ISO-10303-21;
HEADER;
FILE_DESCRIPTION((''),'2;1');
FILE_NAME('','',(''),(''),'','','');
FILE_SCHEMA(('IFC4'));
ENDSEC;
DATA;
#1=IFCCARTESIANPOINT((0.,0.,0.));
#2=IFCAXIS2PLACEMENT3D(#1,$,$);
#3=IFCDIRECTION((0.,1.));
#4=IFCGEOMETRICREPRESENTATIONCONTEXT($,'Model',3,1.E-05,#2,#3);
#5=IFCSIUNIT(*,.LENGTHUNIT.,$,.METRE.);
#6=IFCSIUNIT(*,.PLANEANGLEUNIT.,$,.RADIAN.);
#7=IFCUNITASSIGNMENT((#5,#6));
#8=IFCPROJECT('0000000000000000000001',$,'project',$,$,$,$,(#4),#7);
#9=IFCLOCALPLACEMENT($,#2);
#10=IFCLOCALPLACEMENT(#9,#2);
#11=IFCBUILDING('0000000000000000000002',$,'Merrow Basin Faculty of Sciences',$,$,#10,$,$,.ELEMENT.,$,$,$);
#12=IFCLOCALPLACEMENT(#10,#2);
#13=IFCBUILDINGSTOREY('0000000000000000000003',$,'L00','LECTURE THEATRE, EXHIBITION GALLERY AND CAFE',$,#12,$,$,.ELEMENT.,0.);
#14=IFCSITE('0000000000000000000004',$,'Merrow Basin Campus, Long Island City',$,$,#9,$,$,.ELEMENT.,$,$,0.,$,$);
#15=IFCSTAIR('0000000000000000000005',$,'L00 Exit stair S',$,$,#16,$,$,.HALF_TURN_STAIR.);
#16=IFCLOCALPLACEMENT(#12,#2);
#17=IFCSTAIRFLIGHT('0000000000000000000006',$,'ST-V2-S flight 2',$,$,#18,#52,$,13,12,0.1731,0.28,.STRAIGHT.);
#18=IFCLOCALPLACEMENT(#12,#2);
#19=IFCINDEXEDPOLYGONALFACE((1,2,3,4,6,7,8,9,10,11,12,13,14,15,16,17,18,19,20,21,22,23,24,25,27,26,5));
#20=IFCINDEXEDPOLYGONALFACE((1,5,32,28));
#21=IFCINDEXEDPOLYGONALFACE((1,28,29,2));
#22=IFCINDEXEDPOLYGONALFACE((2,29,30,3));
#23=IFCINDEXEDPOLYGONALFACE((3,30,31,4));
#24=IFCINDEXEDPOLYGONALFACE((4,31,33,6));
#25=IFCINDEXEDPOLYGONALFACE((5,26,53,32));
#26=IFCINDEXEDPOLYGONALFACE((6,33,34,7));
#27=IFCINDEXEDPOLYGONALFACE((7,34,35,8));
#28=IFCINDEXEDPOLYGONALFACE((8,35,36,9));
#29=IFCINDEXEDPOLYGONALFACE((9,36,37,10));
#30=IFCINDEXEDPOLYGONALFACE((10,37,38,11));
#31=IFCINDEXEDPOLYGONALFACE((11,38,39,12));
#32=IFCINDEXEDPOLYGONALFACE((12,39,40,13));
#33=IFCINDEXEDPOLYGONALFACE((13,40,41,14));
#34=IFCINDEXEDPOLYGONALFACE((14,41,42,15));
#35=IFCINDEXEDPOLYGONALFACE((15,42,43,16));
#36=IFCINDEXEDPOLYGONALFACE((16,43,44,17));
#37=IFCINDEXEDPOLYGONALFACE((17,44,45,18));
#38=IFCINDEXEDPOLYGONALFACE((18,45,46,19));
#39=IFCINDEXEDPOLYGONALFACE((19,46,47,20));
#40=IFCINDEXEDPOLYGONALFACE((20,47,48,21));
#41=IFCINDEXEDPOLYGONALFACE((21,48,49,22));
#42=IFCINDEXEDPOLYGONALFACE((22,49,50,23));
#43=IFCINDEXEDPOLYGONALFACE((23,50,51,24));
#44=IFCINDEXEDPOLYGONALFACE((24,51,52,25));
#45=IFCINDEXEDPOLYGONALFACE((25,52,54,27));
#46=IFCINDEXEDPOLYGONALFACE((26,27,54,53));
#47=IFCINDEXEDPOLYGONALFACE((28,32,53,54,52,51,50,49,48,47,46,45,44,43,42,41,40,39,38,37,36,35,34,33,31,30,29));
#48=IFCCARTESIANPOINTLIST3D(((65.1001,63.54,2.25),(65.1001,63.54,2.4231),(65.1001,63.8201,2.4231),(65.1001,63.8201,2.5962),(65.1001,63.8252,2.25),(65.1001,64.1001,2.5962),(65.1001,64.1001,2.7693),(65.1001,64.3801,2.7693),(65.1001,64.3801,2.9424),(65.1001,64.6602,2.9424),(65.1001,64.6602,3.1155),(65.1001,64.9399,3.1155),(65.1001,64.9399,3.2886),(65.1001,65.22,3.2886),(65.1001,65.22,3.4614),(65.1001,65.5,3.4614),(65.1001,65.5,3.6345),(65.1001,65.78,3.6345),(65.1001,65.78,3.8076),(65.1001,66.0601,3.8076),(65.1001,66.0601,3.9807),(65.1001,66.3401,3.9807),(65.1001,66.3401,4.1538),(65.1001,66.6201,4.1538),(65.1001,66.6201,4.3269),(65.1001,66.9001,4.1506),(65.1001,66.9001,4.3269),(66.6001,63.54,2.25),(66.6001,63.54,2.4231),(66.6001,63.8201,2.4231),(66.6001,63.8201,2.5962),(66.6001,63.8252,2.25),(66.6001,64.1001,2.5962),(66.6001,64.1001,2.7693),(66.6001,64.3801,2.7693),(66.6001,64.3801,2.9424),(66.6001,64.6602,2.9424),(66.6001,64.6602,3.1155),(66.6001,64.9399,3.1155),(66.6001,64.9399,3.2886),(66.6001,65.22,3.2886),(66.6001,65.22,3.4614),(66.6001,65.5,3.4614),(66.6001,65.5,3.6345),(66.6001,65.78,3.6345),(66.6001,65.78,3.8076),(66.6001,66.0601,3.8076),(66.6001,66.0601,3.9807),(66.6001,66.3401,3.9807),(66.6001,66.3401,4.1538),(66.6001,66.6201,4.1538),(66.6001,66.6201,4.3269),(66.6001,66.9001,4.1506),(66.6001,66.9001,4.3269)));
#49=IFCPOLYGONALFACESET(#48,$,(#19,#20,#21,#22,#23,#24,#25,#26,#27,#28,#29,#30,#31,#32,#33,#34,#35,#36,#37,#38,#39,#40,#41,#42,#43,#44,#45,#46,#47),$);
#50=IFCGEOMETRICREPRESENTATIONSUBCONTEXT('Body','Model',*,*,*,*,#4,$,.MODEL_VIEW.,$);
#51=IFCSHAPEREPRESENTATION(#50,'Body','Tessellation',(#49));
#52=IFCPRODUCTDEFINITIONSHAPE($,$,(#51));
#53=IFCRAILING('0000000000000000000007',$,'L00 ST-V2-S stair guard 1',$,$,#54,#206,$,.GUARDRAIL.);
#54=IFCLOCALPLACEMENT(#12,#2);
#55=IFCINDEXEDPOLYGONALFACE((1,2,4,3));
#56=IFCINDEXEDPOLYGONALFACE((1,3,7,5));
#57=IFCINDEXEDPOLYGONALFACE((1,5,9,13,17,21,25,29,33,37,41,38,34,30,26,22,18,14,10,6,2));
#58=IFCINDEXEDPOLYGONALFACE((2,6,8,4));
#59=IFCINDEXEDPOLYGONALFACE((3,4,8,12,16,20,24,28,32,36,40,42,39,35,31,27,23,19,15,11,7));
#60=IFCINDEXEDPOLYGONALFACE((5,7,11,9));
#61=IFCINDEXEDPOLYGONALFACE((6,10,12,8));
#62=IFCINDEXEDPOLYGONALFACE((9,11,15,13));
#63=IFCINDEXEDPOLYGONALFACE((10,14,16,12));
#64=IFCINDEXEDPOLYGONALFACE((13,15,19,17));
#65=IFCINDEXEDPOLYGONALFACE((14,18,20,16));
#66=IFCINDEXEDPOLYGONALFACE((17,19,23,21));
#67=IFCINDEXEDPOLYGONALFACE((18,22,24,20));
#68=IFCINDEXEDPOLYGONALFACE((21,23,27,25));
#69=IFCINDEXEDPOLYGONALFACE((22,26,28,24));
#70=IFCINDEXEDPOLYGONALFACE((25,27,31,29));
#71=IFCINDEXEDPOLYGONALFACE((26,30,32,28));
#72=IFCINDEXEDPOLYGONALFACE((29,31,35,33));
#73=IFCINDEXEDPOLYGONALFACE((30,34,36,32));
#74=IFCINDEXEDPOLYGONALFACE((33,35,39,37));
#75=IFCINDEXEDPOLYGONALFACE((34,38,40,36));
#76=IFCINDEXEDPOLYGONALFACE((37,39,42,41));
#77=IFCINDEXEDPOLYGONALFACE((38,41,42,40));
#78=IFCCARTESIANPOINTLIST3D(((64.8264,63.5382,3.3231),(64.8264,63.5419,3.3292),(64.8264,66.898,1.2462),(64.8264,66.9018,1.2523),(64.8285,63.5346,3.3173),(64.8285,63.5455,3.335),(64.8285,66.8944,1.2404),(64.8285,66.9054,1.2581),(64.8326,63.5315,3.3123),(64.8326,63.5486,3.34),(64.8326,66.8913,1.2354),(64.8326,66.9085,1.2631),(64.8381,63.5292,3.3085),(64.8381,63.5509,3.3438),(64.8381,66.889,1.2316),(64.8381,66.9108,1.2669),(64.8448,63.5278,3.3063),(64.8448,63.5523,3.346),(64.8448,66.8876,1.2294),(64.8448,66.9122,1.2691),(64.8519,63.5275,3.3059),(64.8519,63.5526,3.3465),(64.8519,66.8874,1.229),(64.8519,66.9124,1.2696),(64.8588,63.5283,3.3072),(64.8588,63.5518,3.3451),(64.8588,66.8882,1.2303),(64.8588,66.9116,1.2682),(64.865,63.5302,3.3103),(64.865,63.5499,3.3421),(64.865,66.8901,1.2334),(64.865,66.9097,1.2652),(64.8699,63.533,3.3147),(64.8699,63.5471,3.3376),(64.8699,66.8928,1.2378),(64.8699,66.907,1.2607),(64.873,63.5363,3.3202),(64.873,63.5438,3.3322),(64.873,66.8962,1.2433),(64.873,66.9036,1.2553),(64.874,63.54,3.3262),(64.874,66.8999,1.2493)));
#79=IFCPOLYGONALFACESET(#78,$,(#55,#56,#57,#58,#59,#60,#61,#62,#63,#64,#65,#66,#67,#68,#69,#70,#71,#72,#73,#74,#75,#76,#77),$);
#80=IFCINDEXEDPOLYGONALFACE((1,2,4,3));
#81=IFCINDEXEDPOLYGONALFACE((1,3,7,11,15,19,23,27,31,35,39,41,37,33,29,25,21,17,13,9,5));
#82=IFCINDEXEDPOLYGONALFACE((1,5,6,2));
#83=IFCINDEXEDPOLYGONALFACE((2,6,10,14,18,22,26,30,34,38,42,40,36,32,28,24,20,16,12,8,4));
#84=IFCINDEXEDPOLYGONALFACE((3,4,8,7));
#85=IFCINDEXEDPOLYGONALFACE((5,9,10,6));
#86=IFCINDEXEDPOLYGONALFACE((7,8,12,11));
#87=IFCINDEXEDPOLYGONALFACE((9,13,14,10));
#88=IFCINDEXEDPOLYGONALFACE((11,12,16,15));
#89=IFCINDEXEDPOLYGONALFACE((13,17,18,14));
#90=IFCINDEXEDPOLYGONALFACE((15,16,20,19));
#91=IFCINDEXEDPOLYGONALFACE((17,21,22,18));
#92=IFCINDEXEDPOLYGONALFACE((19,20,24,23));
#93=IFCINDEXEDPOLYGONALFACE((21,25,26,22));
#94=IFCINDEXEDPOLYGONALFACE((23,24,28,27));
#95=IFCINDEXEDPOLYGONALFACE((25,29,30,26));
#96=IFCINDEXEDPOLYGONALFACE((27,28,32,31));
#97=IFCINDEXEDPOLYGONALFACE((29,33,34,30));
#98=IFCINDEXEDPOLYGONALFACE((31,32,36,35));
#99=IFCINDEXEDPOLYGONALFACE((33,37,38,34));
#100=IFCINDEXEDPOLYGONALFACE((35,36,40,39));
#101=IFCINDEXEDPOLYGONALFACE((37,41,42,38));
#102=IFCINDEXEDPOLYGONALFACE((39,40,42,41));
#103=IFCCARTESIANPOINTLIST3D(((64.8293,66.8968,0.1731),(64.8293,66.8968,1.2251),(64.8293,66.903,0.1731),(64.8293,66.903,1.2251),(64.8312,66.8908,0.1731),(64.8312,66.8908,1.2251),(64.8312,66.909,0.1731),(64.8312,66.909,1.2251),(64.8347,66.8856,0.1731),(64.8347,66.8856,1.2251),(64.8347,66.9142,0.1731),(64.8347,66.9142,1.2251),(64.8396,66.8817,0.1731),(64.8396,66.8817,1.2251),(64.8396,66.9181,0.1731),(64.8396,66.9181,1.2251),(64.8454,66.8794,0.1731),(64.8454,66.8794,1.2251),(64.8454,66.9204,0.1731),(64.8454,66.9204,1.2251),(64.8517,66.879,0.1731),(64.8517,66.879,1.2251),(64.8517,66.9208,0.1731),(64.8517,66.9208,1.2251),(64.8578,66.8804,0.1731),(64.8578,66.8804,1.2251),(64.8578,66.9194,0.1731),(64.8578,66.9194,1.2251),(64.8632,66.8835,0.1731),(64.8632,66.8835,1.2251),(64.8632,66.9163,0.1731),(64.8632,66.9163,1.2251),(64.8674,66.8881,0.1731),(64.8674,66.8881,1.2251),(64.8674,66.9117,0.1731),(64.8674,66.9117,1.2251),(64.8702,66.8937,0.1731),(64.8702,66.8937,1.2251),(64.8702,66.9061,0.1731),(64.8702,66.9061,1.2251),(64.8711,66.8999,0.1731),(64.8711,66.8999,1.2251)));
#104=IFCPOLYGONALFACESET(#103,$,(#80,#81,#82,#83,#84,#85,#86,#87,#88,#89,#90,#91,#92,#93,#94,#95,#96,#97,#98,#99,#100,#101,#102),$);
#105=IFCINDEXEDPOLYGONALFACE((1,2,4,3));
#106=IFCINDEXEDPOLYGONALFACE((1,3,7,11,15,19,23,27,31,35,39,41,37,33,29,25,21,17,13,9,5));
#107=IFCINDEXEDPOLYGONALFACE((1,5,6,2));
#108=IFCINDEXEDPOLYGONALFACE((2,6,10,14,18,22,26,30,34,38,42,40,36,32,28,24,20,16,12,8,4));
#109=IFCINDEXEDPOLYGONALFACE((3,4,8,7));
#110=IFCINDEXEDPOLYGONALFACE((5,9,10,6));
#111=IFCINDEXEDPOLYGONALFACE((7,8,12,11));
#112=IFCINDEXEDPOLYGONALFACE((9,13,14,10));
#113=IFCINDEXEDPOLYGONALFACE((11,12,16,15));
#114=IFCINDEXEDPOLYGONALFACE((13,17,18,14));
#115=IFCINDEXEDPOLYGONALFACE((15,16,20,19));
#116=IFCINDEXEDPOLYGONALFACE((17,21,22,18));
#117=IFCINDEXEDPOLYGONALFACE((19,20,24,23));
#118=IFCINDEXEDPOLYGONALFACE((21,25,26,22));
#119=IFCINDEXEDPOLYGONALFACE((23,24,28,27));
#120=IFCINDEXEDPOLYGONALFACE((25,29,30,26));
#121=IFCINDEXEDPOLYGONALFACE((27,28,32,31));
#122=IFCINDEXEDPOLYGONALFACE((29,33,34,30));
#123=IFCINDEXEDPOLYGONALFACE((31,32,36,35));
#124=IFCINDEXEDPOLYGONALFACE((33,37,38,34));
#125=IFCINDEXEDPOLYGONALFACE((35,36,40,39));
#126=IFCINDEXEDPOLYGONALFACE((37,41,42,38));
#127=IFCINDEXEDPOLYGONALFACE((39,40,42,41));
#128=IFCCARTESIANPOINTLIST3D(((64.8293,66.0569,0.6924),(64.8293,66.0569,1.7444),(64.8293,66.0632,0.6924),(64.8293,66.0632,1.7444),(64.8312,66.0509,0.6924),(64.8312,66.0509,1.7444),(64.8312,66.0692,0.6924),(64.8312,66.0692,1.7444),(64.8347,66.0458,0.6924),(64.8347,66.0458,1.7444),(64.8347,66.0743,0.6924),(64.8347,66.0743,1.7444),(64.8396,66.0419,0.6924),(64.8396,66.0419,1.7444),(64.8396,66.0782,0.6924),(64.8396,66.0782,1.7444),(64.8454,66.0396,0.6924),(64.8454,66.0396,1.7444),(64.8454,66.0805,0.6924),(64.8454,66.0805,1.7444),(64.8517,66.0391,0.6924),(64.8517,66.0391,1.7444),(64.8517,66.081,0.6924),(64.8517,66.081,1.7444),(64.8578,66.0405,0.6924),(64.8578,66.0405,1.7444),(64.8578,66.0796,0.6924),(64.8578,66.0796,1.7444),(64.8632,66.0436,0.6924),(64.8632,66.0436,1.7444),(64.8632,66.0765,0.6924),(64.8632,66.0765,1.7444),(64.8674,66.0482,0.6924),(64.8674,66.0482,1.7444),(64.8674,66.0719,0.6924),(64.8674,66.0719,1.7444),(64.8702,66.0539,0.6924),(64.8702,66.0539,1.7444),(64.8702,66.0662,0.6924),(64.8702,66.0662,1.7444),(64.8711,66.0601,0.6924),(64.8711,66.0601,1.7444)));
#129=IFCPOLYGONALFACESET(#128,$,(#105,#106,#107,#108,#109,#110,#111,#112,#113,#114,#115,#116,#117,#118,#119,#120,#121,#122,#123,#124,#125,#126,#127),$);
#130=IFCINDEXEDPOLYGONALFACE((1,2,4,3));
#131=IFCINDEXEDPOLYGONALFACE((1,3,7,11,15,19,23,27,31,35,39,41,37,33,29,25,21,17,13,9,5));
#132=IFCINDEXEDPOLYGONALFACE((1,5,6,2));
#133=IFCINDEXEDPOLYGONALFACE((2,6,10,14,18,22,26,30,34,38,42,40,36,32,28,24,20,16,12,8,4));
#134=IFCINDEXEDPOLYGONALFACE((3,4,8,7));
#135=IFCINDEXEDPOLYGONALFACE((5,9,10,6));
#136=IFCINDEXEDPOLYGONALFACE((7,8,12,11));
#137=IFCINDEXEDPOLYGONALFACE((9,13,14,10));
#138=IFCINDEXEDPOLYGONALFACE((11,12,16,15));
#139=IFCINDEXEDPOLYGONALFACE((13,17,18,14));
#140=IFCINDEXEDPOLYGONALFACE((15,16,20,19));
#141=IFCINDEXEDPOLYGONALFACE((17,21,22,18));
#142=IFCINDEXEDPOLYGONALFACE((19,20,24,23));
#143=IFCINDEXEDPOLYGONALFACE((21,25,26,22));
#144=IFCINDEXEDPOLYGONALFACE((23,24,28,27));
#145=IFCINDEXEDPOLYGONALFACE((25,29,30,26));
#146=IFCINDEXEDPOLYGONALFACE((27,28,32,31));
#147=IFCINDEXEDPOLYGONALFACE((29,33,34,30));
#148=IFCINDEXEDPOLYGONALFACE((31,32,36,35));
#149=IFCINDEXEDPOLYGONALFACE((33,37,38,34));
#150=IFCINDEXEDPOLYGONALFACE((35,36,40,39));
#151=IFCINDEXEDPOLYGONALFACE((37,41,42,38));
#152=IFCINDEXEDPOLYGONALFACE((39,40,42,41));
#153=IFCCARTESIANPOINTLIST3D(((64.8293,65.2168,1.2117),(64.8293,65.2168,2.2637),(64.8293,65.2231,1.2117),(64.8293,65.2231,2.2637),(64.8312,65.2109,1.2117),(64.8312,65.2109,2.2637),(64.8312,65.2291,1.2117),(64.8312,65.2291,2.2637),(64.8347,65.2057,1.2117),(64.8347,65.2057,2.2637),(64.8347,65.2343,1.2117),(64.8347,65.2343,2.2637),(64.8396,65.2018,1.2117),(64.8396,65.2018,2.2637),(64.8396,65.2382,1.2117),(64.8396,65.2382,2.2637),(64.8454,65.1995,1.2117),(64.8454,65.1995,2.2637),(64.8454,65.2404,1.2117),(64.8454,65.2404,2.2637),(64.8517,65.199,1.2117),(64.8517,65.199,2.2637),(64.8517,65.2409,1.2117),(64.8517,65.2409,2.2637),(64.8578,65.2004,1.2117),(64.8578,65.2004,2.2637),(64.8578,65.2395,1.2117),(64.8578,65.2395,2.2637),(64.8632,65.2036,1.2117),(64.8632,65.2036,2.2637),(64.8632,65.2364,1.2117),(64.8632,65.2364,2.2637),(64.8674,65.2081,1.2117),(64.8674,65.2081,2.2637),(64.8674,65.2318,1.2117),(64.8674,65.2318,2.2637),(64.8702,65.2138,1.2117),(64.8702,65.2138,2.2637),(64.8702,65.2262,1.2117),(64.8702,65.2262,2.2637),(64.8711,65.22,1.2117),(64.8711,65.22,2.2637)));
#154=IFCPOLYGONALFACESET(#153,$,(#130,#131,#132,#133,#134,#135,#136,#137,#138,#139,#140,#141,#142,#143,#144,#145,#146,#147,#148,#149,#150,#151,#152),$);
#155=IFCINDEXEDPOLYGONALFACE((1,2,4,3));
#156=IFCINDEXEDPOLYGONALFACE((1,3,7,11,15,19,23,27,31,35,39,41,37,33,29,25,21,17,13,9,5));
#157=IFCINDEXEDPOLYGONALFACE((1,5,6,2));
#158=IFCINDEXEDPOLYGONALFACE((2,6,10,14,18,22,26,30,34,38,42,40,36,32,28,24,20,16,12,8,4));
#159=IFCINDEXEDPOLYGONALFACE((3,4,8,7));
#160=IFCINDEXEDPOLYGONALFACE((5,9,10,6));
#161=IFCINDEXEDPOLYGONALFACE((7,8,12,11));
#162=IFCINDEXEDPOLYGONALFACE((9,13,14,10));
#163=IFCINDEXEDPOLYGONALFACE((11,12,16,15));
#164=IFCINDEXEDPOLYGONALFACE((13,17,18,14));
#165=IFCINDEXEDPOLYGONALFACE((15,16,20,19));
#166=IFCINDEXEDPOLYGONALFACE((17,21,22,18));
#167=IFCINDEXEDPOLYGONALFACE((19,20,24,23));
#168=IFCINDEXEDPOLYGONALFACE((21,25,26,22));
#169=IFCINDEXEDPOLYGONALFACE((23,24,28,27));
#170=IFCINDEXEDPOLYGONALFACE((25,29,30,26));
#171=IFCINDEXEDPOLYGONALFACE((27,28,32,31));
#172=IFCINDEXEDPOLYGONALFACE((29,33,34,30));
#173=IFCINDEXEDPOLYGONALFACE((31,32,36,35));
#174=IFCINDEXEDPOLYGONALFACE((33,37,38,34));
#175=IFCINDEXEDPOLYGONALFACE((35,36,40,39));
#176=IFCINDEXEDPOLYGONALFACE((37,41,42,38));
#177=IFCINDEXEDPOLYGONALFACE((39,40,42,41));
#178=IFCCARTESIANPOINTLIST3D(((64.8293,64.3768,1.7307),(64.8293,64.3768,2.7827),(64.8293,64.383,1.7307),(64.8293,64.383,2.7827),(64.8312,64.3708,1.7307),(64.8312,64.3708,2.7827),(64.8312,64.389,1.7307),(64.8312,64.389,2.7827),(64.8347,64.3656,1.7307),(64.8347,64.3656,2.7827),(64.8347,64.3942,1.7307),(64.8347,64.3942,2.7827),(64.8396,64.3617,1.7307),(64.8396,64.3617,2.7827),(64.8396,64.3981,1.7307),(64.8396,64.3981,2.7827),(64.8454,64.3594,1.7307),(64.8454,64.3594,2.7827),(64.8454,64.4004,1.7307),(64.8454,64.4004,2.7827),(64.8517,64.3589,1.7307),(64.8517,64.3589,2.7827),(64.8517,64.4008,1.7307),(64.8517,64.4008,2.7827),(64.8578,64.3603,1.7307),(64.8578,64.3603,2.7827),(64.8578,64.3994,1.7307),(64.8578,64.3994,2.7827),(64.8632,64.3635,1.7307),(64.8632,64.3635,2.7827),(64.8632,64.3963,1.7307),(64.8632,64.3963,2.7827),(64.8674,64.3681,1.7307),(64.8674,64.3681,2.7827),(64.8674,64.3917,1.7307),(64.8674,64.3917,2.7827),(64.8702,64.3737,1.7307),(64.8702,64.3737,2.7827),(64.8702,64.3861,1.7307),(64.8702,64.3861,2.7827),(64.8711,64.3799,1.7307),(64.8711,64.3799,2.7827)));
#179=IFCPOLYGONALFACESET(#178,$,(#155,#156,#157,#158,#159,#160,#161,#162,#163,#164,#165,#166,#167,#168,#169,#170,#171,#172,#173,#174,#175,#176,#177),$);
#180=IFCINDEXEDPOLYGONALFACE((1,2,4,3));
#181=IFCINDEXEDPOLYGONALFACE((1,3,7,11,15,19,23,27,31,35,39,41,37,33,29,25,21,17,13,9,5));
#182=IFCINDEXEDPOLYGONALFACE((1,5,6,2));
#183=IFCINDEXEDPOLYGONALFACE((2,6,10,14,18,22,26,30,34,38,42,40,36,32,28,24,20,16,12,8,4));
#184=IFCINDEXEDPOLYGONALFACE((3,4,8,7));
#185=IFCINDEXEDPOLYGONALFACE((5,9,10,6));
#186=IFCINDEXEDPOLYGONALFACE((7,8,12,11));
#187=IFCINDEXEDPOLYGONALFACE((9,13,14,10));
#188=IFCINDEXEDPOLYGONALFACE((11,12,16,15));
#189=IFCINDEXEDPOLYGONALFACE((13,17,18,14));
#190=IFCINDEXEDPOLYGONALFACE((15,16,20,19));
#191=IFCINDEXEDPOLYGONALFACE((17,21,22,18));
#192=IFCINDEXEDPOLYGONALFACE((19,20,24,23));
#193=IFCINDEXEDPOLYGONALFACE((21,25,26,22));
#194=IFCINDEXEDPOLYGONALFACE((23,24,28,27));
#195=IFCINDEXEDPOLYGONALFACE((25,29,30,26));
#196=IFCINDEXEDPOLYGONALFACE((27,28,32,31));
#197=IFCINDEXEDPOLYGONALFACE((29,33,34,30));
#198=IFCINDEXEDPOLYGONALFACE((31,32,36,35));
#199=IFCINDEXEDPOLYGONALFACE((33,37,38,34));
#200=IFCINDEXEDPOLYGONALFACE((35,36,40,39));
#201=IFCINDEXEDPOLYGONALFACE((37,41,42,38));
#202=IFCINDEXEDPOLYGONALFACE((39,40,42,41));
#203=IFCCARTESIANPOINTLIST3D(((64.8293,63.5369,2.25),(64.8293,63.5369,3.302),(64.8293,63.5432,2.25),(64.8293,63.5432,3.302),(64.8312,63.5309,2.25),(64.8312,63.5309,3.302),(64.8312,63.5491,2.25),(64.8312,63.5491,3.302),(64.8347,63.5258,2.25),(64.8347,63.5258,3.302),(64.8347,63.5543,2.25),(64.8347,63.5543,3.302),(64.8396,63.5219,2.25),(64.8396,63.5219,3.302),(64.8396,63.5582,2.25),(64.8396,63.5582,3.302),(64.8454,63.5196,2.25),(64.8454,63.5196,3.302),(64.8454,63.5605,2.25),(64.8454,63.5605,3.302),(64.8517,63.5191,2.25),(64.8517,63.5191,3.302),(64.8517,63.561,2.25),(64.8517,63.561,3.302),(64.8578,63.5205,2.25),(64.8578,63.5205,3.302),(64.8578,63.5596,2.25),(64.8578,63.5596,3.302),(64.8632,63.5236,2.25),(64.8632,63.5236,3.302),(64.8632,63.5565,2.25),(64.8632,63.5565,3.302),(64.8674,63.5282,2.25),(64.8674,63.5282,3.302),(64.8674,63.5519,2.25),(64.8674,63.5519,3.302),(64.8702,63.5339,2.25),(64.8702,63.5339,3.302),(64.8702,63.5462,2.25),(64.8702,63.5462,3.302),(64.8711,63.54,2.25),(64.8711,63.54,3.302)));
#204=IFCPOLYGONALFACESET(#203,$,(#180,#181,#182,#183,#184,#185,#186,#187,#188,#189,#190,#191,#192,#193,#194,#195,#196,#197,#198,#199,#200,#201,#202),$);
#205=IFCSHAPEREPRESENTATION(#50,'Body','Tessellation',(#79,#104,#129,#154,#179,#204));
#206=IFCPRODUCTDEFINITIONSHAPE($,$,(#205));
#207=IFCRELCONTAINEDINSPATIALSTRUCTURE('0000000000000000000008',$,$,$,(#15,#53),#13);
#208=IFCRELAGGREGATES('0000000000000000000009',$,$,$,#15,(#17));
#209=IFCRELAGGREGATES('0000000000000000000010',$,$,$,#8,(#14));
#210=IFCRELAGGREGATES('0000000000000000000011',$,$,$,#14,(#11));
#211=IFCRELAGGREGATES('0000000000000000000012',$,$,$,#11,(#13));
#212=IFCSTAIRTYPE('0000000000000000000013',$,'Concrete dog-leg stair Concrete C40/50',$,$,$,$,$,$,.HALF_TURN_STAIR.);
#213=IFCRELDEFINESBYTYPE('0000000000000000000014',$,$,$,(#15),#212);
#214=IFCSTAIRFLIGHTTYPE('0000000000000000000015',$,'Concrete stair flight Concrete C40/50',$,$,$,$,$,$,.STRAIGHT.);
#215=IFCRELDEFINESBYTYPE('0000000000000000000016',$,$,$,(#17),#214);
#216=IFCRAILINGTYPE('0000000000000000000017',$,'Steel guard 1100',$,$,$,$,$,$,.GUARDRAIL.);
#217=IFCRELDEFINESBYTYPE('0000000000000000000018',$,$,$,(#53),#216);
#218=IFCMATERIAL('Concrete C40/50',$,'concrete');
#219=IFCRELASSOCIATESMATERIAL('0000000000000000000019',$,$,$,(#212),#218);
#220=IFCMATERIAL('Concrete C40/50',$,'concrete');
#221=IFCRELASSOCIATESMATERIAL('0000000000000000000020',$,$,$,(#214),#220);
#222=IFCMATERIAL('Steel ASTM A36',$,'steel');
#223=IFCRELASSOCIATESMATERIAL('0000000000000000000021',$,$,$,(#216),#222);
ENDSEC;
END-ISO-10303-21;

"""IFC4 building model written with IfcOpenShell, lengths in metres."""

from ifc_helpers import new_model, si_unit, direction, frame, origin, origin_2d, place, context, subcontext, project, spatial, polyline, circle, outline, extrude, material, type_object, element, aggregate, save


model = new_model("IFC4")

# Units and contexts
model_context = context("Model", 3, precision=1e-05, world=origin(), true_north=direction((0.0, 1.0)))
body_context = subcontext(model_context, "Body", "Model", "MODEL_VIEW")
ifc_project = project(units=[si_unit("LENGTHUNIT", "METRE"), si_unit("PLANEANGLEUNIT", "RADIAN")], contexts=[model_context])

# Site, building, storey
site_placement = place(None, origin())
site = spatial("IfcSite", under=ifc_project, at=site_placement, Name="Merrow Basin Campus, Long Island City", CompositionType="ELEMENT", RefElevation=0.0)
building_placement = place(site_placement, origin())
building = spatial("IfcBuilding", under=site, at=building_placement, Name="Merrow Basin Faculty of Sciences", CompositionType="ELEMENT")
storey_placement = place(building_placement, origin())
storey = spatial("IfcBuildingStorey", under=building, at=storey_placement, Name="L00", Description="LECTURE THEATRE, EXHIBITION GALLERY AND CAFE", CompositionType="ELEMENT", Elevation=0.0)

# Stair, stair flight
ifc_material_1 = material(Name="Concrete C40/50", Category="concrete")
stair_type = type_object("IfcStairType", Name="Concrete dog-leg stair Concrete C40/50", PredefinedType="HALF_TURN_STAIR", material=ifc_material_1)
stair_placement = place(storey_placement, origin())
stair = element("IfcStair", 1, at=stair_placement, inside=storey, type_object=stair_type, Name="L00 Exit stair S", PredefinedType="HALF_TURN_STAIR")
ifc_material_2 = material(Name="Concrete C40/50", Category="concrete")
stair_flight_type = type_object("IfcStairFlightType", Name="Concrete stair flight Concrete C40/50", PredefinedType="STRAIGHT", material=ifc_material_2)
stair_flight_1_placement = place(storey_placement, frame((65.8501, 63.54, 2.25), z_axis=(0.0, 0.0, 1.0), x_axis=(0.0, 1.0, 0.0)))
stair_flight_1 = element("IfcStairFlight", 2, at=stair_flight_1_placement, type_object=stair_flight_type, Name="ST-V2-S flight 2", NumberOfRisers=13, NumberOfTreads=12, PredefinedType="STRAIGHT", RiserHeight=0.1731, TreadLength=0.28, context=body_context, shape_type="SweptSolid", body=[
    extrude(outline(polyline([(0.0, 0.0), (0.0, 0.1731), (0.28, 0.1731), (0.28, 0.3462), (0.5601, 0.3462), (0.5601, 0.5193), (0.8401, 0.5193), (0.8401, 0.6924), (1.1201, 0.6924), (1.1201, 0.8655), (1.3999, 0.8655), (1.3999, 1.0386), (1.6799, 1.0386), (1.6799, 1.2114), (1.96, 1.2114), (1.96, 1.3845), (2.24, 1.3845), (2.24, 1.5576), (2.52, 1.5576), (2.52, 1.7307), (2.8, 1.7307), (2.8, 1.9038), (3.0801, 1.9038), (3.0801, 2.0769), (3.3601, 2.0769), (3.3601, 2.25), (3.3601, 1.9006), (0.2852, 0.0), (0.0, 0.0)])), frame((0.0, 0.75, 0.0), z_axis=(0.0, -1.0, 0.0), x_axis=(1.0, 0.0, 0.0)), (0.0, 0.0, 1.0), 1.5),
])
aggregate(stair, [stair_flight_1])

# Railing
ifc_material_3 = material(Name="Steel ASTM A36", Category="steel")
railing_type_1 = type_object("IfcRailingType", Name="Steel guard 1100", PredefinedType="GUARDRAIL", material=ifc_material_3)
railing_1_placement = place(storey_placement, frame((64.8501, 66.8999, 0.1731)))
element("IfcRailing", 3, at=railing_1_placement, inside=storey, type_object=railing_type_1, Name="L00 ST-V2-S stair guard 1", PredefinedType="GUARDRAIL", context=body_context, shape_type="SweptSolid", body=[
    extrude(circle(Radius=0.0239, at=origin_2d()), frame((0.0, 0.0, 1.0762), z_axis=(0.0, -0.850606, 0.525803), x_axis=(1.0, 0.0, 0.0)), (0.0, 0.0, 1.0), 3.95),
    extrude(circle(Radius=0.021, at=origin_2d()), origin(), (0.0, 0.0, 1.0), 1.052),
    extrude(circle(Radius=0.021, at=origin_2d()), frame((0.0, -0.8398, 0.5193)), (0.0, 0.0, 1.0), 1.052),
    extrude(circle(Radius=0.021, at=origin_2d()), frame((0.0, -1.6799, 1.0386)), (0.0, 0.0, 1.0), 1.052),
    extrude(circle(Radius=0.021, at=origin_2d()), frame((0.0, -2.52, 1.5576)), (0.0, 0.0, 1.0), 1.052),
    extrude(circle(Radius=0.021, at=origin_2d()), frame((0.0, -3.3599, 2.0769)), (0.0, 0.0, 1.0), 1.052),
])

save(model, "model.ifc")
